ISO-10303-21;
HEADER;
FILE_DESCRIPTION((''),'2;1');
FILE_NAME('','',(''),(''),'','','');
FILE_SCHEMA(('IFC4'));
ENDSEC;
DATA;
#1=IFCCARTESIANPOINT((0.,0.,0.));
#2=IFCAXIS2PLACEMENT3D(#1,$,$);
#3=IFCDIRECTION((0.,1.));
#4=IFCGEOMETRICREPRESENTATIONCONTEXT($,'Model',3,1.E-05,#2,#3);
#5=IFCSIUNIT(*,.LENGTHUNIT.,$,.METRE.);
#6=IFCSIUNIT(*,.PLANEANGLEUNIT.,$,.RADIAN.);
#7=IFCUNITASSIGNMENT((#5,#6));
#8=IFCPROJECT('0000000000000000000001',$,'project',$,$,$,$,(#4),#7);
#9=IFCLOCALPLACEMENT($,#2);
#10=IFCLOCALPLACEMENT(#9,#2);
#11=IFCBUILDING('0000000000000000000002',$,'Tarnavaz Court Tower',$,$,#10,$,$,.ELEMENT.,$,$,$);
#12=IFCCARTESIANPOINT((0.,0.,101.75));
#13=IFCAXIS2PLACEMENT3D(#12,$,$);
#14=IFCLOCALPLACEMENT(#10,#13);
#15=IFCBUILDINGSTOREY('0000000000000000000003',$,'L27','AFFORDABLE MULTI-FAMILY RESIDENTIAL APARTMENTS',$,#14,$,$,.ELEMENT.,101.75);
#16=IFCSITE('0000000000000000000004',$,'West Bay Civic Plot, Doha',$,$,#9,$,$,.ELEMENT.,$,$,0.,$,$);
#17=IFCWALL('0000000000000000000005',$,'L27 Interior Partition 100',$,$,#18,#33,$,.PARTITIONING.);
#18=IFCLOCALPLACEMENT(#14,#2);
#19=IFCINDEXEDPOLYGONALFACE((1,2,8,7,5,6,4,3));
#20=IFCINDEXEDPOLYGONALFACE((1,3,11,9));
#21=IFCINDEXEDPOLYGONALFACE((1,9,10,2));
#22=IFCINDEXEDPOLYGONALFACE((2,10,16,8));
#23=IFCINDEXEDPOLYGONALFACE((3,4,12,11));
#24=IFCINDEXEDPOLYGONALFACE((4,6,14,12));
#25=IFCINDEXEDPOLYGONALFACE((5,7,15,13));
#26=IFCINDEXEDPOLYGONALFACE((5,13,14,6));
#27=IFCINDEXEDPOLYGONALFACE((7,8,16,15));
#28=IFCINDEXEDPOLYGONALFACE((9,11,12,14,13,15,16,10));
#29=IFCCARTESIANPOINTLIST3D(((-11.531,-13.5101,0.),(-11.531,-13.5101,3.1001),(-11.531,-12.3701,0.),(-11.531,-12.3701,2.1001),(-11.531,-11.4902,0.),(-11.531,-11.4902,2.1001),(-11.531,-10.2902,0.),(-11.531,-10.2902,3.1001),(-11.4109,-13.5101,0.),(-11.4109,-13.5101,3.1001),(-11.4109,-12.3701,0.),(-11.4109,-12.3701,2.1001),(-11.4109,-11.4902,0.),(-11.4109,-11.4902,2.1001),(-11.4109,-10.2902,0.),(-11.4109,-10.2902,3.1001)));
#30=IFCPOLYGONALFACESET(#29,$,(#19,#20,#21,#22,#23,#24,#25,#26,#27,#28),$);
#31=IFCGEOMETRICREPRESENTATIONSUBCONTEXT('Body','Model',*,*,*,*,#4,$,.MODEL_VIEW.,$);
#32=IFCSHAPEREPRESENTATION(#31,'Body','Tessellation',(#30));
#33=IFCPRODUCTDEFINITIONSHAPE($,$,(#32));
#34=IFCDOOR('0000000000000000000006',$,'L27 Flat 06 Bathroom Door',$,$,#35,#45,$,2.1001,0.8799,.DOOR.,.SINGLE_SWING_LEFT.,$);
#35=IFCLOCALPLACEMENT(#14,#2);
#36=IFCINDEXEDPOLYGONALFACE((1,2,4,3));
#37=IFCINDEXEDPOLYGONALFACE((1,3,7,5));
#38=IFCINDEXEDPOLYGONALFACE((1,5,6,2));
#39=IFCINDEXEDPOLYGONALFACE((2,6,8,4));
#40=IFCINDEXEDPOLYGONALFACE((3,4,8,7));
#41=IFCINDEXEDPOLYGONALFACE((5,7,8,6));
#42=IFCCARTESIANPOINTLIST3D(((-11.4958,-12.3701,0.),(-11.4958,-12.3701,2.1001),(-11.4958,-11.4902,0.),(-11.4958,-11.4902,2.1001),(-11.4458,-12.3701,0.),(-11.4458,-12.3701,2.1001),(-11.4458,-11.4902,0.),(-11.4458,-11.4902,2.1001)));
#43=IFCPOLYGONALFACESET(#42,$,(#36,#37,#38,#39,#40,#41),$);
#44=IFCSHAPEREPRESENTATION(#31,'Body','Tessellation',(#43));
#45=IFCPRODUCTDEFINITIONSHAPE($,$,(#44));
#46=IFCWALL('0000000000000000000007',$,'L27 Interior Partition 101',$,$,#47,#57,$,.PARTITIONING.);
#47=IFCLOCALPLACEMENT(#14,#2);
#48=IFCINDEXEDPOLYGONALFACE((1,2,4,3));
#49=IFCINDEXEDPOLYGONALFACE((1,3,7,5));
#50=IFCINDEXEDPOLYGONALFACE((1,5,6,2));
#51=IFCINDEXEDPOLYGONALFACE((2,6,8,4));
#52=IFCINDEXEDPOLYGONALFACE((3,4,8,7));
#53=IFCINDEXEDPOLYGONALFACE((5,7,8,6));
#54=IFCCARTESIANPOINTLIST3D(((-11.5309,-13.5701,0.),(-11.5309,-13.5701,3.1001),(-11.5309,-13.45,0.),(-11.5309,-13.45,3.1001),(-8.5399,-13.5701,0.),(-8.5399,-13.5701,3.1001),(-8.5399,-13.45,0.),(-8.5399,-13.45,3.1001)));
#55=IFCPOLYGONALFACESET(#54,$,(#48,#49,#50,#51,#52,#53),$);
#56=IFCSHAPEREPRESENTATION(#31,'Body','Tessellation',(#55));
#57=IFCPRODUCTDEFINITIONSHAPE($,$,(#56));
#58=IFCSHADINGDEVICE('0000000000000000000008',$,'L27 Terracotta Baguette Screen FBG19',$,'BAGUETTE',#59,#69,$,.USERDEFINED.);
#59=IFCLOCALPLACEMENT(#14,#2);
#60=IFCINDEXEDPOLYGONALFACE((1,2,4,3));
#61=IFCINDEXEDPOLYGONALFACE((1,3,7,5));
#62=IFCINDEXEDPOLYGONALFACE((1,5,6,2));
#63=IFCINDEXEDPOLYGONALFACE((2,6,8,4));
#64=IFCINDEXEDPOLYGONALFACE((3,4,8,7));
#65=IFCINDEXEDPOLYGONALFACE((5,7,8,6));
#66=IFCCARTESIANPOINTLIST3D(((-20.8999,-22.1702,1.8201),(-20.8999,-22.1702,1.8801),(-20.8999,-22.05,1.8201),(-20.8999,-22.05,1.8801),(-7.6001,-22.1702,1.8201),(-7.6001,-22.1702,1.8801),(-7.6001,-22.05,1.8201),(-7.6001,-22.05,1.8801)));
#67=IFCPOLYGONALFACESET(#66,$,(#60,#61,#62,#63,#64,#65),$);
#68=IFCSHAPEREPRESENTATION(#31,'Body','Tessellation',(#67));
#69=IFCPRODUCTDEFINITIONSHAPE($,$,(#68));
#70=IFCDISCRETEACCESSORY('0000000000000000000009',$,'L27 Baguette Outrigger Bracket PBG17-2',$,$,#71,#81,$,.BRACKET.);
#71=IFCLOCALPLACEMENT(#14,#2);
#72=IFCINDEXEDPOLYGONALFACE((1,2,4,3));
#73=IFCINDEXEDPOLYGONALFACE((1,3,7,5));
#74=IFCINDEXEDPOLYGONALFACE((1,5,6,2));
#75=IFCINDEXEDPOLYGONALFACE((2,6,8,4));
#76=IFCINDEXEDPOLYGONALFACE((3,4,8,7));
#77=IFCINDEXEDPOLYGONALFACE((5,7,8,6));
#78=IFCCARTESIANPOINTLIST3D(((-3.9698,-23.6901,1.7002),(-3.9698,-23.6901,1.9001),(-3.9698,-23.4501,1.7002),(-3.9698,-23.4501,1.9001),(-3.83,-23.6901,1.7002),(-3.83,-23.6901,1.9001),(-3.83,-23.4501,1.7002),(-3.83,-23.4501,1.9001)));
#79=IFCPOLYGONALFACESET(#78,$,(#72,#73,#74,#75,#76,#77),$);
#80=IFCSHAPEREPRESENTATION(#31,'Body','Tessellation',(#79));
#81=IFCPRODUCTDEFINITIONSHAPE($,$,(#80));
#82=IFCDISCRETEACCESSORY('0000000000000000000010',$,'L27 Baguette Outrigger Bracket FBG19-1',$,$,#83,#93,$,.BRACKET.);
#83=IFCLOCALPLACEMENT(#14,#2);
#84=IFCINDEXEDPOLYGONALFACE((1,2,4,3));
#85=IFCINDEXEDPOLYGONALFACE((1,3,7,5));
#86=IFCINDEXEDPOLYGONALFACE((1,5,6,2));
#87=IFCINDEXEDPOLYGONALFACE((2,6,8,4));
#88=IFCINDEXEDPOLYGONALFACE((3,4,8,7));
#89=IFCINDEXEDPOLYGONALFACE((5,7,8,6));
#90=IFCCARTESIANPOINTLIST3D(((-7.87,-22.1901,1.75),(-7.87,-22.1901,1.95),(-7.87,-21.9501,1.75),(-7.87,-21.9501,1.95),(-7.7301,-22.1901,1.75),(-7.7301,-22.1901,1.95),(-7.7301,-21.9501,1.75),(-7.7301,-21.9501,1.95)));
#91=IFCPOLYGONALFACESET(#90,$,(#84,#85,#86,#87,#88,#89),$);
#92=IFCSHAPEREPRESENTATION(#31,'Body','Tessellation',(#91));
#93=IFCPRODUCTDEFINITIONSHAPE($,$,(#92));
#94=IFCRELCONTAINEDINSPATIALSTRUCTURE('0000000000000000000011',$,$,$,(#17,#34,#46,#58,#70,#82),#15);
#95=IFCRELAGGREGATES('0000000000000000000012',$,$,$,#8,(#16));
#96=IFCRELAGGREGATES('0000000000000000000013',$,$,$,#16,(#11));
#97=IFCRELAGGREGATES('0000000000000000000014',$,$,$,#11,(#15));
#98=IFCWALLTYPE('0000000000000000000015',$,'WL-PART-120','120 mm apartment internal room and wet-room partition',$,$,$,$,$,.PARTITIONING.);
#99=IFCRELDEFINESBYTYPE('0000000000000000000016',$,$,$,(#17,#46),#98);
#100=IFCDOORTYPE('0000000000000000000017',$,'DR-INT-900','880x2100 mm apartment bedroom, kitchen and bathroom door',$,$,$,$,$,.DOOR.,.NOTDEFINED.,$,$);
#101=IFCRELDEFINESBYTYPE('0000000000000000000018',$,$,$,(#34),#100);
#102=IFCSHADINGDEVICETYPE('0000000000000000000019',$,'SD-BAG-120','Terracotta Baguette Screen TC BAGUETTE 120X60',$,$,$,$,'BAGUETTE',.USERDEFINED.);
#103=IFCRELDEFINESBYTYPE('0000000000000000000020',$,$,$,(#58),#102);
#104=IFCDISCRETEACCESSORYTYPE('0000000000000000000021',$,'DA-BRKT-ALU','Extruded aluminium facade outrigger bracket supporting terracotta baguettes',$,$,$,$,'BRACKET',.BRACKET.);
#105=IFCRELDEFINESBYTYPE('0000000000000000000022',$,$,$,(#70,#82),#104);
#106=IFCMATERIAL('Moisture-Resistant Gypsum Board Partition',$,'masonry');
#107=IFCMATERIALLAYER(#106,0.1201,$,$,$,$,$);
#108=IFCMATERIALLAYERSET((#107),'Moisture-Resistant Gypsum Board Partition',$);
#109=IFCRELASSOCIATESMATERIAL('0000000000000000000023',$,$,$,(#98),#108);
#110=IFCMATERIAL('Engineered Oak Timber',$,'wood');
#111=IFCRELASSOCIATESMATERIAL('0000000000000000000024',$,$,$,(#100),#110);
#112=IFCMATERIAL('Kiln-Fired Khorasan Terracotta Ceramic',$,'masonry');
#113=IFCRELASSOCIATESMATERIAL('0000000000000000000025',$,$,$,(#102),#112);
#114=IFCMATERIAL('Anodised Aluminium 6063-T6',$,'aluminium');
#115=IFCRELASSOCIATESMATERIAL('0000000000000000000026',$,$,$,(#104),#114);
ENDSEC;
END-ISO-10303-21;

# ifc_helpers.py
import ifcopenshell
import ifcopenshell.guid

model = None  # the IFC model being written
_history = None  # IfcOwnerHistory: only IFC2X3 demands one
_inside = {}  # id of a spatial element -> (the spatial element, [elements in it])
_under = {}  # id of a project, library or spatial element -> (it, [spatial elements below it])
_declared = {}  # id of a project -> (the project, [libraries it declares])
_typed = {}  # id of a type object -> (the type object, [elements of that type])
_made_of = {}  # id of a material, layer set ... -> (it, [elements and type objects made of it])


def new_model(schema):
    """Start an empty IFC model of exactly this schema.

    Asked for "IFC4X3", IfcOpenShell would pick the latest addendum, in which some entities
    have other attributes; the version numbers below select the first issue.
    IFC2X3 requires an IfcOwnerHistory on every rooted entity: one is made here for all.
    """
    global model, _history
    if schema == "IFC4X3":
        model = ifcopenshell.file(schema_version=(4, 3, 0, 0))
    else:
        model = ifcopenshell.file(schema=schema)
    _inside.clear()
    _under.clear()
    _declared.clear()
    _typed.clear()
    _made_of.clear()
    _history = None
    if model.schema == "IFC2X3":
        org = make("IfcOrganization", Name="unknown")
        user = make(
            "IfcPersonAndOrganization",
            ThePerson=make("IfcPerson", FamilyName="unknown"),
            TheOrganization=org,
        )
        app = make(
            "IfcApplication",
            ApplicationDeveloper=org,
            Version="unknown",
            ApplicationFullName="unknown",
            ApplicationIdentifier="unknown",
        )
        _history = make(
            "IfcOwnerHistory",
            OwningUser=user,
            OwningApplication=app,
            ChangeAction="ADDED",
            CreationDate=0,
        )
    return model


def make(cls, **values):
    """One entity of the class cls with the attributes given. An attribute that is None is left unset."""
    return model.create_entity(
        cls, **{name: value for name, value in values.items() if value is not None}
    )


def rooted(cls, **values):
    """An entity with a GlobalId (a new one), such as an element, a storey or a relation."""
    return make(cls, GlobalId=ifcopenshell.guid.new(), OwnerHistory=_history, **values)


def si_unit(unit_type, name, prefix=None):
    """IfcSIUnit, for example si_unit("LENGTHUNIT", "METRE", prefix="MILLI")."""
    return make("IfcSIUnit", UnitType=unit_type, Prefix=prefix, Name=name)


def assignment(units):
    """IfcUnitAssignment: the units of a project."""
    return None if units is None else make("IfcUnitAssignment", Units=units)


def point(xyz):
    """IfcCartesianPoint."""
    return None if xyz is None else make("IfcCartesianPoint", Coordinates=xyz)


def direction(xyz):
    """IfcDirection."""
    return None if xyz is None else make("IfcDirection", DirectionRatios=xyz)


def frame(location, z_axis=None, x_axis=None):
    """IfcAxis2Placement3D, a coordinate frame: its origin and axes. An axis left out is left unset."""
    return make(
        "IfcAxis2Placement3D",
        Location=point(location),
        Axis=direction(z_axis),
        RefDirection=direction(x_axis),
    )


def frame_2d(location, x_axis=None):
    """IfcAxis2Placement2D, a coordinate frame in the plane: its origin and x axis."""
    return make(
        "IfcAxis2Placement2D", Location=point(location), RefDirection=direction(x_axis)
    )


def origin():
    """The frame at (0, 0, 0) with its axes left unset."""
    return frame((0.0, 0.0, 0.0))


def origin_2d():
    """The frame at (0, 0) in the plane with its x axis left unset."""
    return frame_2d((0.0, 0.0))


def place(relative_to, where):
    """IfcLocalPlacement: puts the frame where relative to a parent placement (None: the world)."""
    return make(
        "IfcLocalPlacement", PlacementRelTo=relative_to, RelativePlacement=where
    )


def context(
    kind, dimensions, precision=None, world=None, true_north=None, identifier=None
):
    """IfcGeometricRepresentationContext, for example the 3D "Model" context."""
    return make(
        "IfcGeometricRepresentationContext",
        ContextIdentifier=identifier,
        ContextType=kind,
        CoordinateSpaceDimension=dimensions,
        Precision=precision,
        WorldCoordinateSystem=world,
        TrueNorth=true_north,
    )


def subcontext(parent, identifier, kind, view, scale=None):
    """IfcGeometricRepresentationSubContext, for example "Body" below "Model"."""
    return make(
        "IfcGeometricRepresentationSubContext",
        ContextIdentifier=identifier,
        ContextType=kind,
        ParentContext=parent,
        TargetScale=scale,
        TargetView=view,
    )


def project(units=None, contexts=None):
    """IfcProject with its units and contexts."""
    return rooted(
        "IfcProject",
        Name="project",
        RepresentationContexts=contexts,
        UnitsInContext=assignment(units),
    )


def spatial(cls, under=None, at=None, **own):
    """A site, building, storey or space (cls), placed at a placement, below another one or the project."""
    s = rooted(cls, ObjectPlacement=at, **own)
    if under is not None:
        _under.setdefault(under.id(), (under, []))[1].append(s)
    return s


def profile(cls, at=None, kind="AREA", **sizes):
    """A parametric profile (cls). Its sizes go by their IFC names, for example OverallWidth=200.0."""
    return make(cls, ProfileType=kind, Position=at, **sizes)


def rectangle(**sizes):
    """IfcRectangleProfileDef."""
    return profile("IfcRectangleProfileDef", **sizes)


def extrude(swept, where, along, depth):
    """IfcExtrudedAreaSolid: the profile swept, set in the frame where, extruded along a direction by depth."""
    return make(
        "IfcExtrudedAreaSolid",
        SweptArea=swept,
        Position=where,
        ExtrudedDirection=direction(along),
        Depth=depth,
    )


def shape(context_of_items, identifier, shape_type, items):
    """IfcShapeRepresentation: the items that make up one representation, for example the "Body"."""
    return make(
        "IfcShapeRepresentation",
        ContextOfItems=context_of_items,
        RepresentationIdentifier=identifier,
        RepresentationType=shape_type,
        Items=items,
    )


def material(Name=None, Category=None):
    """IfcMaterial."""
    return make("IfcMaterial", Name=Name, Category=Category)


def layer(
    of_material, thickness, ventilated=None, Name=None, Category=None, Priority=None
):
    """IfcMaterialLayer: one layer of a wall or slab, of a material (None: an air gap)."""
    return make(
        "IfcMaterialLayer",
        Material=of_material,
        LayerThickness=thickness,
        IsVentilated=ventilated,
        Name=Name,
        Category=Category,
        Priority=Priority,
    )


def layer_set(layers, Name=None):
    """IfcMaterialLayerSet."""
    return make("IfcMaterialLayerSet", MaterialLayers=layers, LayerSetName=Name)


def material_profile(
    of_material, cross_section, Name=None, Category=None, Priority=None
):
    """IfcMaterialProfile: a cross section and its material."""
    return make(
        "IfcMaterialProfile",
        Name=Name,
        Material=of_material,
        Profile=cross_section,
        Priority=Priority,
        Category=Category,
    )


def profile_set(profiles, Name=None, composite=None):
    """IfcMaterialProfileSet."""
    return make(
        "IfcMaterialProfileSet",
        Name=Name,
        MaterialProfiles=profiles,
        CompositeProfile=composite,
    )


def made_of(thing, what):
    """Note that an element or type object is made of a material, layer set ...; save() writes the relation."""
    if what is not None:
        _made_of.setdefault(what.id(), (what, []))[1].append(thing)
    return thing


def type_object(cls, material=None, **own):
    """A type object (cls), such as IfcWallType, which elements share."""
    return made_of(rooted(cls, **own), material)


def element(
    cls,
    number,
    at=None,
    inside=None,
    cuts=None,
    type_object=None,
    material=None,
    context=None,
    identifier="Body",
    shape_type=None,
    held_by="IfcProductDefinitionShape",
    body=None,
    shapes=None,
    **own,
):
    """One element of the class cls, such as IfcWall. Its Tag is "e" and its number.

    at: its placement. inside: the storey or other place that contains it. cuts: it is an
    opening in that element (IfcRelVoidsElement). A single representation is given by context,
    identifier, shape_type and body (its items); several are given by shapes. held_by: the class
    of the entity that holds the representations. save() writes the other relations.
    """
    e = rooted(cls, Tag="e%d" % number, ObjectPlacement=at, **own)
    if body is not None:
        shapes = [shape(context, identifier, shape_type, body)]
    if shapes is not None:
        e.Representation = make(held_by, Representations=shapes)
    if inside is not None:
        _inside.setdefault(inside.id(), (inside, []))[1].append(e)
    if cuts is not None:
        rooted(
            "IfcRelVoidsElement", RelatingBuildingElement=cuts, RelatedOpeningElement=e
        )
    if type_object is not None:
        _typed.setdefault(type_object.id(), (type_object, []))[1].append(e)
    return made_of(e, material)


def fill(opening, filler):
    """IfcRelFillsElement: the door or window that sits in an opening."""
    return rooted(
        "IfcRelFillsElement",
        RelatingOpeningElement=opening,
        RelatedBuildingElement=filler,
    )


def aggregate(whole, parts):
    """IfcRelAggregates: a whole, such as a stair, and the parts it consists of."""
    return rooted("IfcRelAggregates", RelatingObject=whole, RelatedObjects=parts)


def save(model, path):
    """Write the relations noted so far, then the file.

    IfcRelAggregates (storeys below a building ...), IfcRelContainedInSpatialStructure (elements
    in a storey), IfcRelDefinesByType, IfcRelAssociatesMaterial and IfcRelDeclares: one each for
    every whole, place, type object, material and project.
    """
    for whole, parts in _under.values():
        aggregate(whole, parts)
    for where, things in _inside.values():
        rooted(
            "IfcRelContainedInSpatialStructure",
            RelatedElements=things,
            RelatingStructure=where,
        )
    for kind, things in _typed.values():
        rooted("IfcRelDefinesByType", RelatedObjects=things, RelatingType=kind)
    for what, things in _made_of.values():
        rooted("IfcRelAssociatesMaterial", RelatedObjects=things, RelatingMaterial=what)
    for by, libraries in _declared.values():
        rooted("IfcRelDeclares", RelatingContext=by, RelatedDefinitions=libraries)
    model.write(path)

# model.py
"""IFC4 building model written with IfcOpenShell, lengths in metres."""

from ifc_helpers import new_model, si_unit, direction, frame, frame_2d, origin, origin_2d, place, context, subcontext, project, spatial, rectangle, extrude, material, layer, layer_set, material_profile, profile_set, type_object, element, fill, save


model = new_model("IFC4")

# Units and contexts
model_context = context("Model", 3, precision=1e-05, world=origin(), true_north=direction((0.0, 1.0)))
body_context = subcontext(model_context, "Body", "Model", "MODEL_VIEW")
ifc_project = project(units=[si_unit("LENGTHUNIT", "METRE"), si_unit("PLANEANGLEUNIT", "RADIAN")], contexts=[model_context])

# Site, building, storey
site_placement = place(None, origin())
site = spatial("IfcSite", under=ifc_project, at=site_placement, Name="West Bay Civic Plot, Doha", CompositionType="ELEMENT", RefElevation=0.0)
building_placement = place(site_placement, origin())
building = spatial("IfcBuilding", under=site, at=building_placement, Name="Tarnavaz Court Tower", CompositionType="ELEMENT")
storey_placement = place(building_placement, frame((0.0, 0.0, 101.75)))
storey = spatial("IfcBuildingStorey", under=building, at=storey_placement, Name="L27", Description="AFFORDABLE MULTI-FAMILY RESIDENTIAL APARTMENTS", CompositionType="ELEMENT", Elevation=101.75)

# Shared definitions
ifc_material_1 = material(Name="Anodised Aluminium 6063-T6", Category="aluminium")

# Wall, opening, door
ifc_material_2 = material(Name="Moisture-Resistant Gypsum Board Partition", Category="masonry")
ifc_layer_1 = layer(ifc_material_2, 0.1201)
ifc_layer_set_1 = layer_set([ifc_layer_1], Name="Moisture-Resistant Gypsum Board Partition")
wall_type_1 = type_object("IfcWallType", Name="WL-PART-120", Description="120 mm apartment internal room and wet-room partition", PredefinedType="PARTITIONING", material=ifc_layer_set_1)
ifc_material_3 = material(Name="Engineered Oak Timber", Category="wood")
door_type = type_object("IfcDoorType", Name="DR-INT-900", Description="880x2100 mm apartment bedroom, kitchen and bathroom door", OperationType="NOTDEFINED", PredefinedType="DOOR", material=ifc_material_3)
wall_1_placement = place(storey_placement, frame((-11.4709, -13.51, 0.0), z_axis=(0.0, 0.0, 1.0), x_axis=(0.0, 1.0, 0.0)))
wall_1 = element("IfcWall", 1, at=wall_1_placement, inside=storey, type_object=wall_type_1, Name="L27 Interior Partition 100", PredefinedType="PARTITIONING", context=body_context, shape_type="SweptSolid", body=[
    extrude(rectangle(XDim=3.22, YDim=0.1201, at=frame_2d((1.6099, 0.0))), origin(), (0.0, 0.0, 1.0), 3.1001),
])
opening_1_placement = place(wall_1_placement, frame((1.1399, 0.0, 0.0)))
opening_1 = element("IfcOpeningElement", 2, at=opening_1_placement, cuts=wall_1, PredefinedType="OPENING", context=body_context, shape_type="SweptSolid", body=[
    extrude(rectangle(XDim=0.8799, YDim=2.1001, at=frame_2d((0.4399, 1.05))), frame((0.0, 0.0701, 0.0), z_axis=(0.0, -1.0, 0.0), x_axis=(1.0, 0.0, 0.0)), (0.0, 0.0, 1.0), 0.1401),
])
door_1_placement = place(opening_1_placement, origin())
door_1 = element("IfcDoor", 3, at=door_1_placement, inside=storey, type_object=door_type, Name="L27 Flat 06 Bathroom Door", OperationType="SINGLE_SWING_LEFT", OverallHeight=2.1001, OverallWidth=0.8799, PredefinedType="DOOR", context=body_context, shape_type="SweptSolid", body=[
    extrude(rectangle(XDim=0.8799, YDim=2.1001, at=frame_2d((0.4399, 1.05))), frame((0.0, 0.0249, 0.0), z_axis=(0.0, -1.0, 0.0), x_axis=(1.0, 0.0, 0.0)), (0.0, 0.0, 1.0), 0.05),
])
fill(opening_1, door_1)

# Wall
wall_2_placement = place(storey_placement, frame((-11.531, -13.51, 0.0), z_axis=(0.0, 0.0, 1.0), x_axis=(1.0, 0.0, 0.0)))
element("IfcWall", 4, at=wall_2_placement, inside=storey, type_object=wall_type_1, Name="L27 Interior Partition 101", PredefinedType="PARTITIONING", context=body_context, shape_type="SweptSolid", body=[
    extrude(rectangle(XDim=2.991, YDim=0.1201, at=frame_2d((1.4956, 0.0))), origin(), (0.0, 0.0, 1.0), 3.1001),
])

# Shading device
ifc_material_4 = material(Name="Kiln-Fired Khorasan Terracotta Ceramic", Category="masonry")
ifc_material_profile_1 = material_profile(ifc_material_4, rectangle(XDim=0.1201, YDim=0.0601, at=origin_2d()), Name="TC BAGUETTE 120X60")
ifc_profile_set_1 = profile_set([ifc_material_profile_1], Name="Kiln-Fired Khorasan Terracotta Ceramic")
shading_device_type = type_object("IfcShadingDeviceType", Name="SD-BAG-120", Description="Terracotta Baguette Screen TC BAGUETTE 120X60", ElementType="BAGUETTE", PredefinedType="USERDEFINED", material=ifc_profile_set_1)
shading_device_placement = place(storey_placement, frame((-7.6001, -22.1101, 1.8501), z_axis=(-1.0, 0.0, 0.0), x_axis=(0.0, -1.0, 0.0)))
element("IfcShadingDevice", 5, at=shading_device_placement, inside=storey, type_object=shading_device_type, Name="L27 Terracotta Baguette Screen FBG19", ObjectType="BAGUETTE", PredefinedType="USERDEFINED", context=body_context, shape_type="SweptSolid", body=[
    extrude(rectangle(XDim=0.1201, YDim=0.0601, at=origin_2d()), origin(), (0.0, 0.0, 1.0), 13.2998),
])

# Discrete accessories
discrete_accessory_type = type_object("IfcDiscreteAccessoryType", Name="DA-BRKT-ALU", Description="Extruded aluminium facade outrigger bracket supporting terracotta baguettes", ElementType="BRACKET", PredefinedType="BRACKET", material=ifc_material_1)
for number, where, z_axis, x_axis, name in (
    (6, (-3.8999, -23.5701, 1.7002), (0.0, 0.0, 1.0), (-1.0, 0.0, 0.0), "L27 Baguette Outrigger Bracket PBG17-2"),
    (7, (-7.8, -22.0701, 1.75), (0.0, 0.0, 1.0), (-1.0, 0.0, 0.0), "L27 Baguette Outrigger Bracket FBG19-1"),
):
    element("IfcDiscreteAccessory", number, at=place(storey_placement, frame(where, z_axis=z_axis, x_axis=x_axis)), inside=storey, type_object=discrete_accessory_type, Name=name, PredefinedType="BRACKET", context=body_context, shape_type="SweptSolid", body=[
        extrude(rectangle(XDim=0.1399, YDim=0.24, at=origin_2d()), origin(), (0.0, 0.0, 1.0), 0.2),
    ])

save(model, "model.ifc")
